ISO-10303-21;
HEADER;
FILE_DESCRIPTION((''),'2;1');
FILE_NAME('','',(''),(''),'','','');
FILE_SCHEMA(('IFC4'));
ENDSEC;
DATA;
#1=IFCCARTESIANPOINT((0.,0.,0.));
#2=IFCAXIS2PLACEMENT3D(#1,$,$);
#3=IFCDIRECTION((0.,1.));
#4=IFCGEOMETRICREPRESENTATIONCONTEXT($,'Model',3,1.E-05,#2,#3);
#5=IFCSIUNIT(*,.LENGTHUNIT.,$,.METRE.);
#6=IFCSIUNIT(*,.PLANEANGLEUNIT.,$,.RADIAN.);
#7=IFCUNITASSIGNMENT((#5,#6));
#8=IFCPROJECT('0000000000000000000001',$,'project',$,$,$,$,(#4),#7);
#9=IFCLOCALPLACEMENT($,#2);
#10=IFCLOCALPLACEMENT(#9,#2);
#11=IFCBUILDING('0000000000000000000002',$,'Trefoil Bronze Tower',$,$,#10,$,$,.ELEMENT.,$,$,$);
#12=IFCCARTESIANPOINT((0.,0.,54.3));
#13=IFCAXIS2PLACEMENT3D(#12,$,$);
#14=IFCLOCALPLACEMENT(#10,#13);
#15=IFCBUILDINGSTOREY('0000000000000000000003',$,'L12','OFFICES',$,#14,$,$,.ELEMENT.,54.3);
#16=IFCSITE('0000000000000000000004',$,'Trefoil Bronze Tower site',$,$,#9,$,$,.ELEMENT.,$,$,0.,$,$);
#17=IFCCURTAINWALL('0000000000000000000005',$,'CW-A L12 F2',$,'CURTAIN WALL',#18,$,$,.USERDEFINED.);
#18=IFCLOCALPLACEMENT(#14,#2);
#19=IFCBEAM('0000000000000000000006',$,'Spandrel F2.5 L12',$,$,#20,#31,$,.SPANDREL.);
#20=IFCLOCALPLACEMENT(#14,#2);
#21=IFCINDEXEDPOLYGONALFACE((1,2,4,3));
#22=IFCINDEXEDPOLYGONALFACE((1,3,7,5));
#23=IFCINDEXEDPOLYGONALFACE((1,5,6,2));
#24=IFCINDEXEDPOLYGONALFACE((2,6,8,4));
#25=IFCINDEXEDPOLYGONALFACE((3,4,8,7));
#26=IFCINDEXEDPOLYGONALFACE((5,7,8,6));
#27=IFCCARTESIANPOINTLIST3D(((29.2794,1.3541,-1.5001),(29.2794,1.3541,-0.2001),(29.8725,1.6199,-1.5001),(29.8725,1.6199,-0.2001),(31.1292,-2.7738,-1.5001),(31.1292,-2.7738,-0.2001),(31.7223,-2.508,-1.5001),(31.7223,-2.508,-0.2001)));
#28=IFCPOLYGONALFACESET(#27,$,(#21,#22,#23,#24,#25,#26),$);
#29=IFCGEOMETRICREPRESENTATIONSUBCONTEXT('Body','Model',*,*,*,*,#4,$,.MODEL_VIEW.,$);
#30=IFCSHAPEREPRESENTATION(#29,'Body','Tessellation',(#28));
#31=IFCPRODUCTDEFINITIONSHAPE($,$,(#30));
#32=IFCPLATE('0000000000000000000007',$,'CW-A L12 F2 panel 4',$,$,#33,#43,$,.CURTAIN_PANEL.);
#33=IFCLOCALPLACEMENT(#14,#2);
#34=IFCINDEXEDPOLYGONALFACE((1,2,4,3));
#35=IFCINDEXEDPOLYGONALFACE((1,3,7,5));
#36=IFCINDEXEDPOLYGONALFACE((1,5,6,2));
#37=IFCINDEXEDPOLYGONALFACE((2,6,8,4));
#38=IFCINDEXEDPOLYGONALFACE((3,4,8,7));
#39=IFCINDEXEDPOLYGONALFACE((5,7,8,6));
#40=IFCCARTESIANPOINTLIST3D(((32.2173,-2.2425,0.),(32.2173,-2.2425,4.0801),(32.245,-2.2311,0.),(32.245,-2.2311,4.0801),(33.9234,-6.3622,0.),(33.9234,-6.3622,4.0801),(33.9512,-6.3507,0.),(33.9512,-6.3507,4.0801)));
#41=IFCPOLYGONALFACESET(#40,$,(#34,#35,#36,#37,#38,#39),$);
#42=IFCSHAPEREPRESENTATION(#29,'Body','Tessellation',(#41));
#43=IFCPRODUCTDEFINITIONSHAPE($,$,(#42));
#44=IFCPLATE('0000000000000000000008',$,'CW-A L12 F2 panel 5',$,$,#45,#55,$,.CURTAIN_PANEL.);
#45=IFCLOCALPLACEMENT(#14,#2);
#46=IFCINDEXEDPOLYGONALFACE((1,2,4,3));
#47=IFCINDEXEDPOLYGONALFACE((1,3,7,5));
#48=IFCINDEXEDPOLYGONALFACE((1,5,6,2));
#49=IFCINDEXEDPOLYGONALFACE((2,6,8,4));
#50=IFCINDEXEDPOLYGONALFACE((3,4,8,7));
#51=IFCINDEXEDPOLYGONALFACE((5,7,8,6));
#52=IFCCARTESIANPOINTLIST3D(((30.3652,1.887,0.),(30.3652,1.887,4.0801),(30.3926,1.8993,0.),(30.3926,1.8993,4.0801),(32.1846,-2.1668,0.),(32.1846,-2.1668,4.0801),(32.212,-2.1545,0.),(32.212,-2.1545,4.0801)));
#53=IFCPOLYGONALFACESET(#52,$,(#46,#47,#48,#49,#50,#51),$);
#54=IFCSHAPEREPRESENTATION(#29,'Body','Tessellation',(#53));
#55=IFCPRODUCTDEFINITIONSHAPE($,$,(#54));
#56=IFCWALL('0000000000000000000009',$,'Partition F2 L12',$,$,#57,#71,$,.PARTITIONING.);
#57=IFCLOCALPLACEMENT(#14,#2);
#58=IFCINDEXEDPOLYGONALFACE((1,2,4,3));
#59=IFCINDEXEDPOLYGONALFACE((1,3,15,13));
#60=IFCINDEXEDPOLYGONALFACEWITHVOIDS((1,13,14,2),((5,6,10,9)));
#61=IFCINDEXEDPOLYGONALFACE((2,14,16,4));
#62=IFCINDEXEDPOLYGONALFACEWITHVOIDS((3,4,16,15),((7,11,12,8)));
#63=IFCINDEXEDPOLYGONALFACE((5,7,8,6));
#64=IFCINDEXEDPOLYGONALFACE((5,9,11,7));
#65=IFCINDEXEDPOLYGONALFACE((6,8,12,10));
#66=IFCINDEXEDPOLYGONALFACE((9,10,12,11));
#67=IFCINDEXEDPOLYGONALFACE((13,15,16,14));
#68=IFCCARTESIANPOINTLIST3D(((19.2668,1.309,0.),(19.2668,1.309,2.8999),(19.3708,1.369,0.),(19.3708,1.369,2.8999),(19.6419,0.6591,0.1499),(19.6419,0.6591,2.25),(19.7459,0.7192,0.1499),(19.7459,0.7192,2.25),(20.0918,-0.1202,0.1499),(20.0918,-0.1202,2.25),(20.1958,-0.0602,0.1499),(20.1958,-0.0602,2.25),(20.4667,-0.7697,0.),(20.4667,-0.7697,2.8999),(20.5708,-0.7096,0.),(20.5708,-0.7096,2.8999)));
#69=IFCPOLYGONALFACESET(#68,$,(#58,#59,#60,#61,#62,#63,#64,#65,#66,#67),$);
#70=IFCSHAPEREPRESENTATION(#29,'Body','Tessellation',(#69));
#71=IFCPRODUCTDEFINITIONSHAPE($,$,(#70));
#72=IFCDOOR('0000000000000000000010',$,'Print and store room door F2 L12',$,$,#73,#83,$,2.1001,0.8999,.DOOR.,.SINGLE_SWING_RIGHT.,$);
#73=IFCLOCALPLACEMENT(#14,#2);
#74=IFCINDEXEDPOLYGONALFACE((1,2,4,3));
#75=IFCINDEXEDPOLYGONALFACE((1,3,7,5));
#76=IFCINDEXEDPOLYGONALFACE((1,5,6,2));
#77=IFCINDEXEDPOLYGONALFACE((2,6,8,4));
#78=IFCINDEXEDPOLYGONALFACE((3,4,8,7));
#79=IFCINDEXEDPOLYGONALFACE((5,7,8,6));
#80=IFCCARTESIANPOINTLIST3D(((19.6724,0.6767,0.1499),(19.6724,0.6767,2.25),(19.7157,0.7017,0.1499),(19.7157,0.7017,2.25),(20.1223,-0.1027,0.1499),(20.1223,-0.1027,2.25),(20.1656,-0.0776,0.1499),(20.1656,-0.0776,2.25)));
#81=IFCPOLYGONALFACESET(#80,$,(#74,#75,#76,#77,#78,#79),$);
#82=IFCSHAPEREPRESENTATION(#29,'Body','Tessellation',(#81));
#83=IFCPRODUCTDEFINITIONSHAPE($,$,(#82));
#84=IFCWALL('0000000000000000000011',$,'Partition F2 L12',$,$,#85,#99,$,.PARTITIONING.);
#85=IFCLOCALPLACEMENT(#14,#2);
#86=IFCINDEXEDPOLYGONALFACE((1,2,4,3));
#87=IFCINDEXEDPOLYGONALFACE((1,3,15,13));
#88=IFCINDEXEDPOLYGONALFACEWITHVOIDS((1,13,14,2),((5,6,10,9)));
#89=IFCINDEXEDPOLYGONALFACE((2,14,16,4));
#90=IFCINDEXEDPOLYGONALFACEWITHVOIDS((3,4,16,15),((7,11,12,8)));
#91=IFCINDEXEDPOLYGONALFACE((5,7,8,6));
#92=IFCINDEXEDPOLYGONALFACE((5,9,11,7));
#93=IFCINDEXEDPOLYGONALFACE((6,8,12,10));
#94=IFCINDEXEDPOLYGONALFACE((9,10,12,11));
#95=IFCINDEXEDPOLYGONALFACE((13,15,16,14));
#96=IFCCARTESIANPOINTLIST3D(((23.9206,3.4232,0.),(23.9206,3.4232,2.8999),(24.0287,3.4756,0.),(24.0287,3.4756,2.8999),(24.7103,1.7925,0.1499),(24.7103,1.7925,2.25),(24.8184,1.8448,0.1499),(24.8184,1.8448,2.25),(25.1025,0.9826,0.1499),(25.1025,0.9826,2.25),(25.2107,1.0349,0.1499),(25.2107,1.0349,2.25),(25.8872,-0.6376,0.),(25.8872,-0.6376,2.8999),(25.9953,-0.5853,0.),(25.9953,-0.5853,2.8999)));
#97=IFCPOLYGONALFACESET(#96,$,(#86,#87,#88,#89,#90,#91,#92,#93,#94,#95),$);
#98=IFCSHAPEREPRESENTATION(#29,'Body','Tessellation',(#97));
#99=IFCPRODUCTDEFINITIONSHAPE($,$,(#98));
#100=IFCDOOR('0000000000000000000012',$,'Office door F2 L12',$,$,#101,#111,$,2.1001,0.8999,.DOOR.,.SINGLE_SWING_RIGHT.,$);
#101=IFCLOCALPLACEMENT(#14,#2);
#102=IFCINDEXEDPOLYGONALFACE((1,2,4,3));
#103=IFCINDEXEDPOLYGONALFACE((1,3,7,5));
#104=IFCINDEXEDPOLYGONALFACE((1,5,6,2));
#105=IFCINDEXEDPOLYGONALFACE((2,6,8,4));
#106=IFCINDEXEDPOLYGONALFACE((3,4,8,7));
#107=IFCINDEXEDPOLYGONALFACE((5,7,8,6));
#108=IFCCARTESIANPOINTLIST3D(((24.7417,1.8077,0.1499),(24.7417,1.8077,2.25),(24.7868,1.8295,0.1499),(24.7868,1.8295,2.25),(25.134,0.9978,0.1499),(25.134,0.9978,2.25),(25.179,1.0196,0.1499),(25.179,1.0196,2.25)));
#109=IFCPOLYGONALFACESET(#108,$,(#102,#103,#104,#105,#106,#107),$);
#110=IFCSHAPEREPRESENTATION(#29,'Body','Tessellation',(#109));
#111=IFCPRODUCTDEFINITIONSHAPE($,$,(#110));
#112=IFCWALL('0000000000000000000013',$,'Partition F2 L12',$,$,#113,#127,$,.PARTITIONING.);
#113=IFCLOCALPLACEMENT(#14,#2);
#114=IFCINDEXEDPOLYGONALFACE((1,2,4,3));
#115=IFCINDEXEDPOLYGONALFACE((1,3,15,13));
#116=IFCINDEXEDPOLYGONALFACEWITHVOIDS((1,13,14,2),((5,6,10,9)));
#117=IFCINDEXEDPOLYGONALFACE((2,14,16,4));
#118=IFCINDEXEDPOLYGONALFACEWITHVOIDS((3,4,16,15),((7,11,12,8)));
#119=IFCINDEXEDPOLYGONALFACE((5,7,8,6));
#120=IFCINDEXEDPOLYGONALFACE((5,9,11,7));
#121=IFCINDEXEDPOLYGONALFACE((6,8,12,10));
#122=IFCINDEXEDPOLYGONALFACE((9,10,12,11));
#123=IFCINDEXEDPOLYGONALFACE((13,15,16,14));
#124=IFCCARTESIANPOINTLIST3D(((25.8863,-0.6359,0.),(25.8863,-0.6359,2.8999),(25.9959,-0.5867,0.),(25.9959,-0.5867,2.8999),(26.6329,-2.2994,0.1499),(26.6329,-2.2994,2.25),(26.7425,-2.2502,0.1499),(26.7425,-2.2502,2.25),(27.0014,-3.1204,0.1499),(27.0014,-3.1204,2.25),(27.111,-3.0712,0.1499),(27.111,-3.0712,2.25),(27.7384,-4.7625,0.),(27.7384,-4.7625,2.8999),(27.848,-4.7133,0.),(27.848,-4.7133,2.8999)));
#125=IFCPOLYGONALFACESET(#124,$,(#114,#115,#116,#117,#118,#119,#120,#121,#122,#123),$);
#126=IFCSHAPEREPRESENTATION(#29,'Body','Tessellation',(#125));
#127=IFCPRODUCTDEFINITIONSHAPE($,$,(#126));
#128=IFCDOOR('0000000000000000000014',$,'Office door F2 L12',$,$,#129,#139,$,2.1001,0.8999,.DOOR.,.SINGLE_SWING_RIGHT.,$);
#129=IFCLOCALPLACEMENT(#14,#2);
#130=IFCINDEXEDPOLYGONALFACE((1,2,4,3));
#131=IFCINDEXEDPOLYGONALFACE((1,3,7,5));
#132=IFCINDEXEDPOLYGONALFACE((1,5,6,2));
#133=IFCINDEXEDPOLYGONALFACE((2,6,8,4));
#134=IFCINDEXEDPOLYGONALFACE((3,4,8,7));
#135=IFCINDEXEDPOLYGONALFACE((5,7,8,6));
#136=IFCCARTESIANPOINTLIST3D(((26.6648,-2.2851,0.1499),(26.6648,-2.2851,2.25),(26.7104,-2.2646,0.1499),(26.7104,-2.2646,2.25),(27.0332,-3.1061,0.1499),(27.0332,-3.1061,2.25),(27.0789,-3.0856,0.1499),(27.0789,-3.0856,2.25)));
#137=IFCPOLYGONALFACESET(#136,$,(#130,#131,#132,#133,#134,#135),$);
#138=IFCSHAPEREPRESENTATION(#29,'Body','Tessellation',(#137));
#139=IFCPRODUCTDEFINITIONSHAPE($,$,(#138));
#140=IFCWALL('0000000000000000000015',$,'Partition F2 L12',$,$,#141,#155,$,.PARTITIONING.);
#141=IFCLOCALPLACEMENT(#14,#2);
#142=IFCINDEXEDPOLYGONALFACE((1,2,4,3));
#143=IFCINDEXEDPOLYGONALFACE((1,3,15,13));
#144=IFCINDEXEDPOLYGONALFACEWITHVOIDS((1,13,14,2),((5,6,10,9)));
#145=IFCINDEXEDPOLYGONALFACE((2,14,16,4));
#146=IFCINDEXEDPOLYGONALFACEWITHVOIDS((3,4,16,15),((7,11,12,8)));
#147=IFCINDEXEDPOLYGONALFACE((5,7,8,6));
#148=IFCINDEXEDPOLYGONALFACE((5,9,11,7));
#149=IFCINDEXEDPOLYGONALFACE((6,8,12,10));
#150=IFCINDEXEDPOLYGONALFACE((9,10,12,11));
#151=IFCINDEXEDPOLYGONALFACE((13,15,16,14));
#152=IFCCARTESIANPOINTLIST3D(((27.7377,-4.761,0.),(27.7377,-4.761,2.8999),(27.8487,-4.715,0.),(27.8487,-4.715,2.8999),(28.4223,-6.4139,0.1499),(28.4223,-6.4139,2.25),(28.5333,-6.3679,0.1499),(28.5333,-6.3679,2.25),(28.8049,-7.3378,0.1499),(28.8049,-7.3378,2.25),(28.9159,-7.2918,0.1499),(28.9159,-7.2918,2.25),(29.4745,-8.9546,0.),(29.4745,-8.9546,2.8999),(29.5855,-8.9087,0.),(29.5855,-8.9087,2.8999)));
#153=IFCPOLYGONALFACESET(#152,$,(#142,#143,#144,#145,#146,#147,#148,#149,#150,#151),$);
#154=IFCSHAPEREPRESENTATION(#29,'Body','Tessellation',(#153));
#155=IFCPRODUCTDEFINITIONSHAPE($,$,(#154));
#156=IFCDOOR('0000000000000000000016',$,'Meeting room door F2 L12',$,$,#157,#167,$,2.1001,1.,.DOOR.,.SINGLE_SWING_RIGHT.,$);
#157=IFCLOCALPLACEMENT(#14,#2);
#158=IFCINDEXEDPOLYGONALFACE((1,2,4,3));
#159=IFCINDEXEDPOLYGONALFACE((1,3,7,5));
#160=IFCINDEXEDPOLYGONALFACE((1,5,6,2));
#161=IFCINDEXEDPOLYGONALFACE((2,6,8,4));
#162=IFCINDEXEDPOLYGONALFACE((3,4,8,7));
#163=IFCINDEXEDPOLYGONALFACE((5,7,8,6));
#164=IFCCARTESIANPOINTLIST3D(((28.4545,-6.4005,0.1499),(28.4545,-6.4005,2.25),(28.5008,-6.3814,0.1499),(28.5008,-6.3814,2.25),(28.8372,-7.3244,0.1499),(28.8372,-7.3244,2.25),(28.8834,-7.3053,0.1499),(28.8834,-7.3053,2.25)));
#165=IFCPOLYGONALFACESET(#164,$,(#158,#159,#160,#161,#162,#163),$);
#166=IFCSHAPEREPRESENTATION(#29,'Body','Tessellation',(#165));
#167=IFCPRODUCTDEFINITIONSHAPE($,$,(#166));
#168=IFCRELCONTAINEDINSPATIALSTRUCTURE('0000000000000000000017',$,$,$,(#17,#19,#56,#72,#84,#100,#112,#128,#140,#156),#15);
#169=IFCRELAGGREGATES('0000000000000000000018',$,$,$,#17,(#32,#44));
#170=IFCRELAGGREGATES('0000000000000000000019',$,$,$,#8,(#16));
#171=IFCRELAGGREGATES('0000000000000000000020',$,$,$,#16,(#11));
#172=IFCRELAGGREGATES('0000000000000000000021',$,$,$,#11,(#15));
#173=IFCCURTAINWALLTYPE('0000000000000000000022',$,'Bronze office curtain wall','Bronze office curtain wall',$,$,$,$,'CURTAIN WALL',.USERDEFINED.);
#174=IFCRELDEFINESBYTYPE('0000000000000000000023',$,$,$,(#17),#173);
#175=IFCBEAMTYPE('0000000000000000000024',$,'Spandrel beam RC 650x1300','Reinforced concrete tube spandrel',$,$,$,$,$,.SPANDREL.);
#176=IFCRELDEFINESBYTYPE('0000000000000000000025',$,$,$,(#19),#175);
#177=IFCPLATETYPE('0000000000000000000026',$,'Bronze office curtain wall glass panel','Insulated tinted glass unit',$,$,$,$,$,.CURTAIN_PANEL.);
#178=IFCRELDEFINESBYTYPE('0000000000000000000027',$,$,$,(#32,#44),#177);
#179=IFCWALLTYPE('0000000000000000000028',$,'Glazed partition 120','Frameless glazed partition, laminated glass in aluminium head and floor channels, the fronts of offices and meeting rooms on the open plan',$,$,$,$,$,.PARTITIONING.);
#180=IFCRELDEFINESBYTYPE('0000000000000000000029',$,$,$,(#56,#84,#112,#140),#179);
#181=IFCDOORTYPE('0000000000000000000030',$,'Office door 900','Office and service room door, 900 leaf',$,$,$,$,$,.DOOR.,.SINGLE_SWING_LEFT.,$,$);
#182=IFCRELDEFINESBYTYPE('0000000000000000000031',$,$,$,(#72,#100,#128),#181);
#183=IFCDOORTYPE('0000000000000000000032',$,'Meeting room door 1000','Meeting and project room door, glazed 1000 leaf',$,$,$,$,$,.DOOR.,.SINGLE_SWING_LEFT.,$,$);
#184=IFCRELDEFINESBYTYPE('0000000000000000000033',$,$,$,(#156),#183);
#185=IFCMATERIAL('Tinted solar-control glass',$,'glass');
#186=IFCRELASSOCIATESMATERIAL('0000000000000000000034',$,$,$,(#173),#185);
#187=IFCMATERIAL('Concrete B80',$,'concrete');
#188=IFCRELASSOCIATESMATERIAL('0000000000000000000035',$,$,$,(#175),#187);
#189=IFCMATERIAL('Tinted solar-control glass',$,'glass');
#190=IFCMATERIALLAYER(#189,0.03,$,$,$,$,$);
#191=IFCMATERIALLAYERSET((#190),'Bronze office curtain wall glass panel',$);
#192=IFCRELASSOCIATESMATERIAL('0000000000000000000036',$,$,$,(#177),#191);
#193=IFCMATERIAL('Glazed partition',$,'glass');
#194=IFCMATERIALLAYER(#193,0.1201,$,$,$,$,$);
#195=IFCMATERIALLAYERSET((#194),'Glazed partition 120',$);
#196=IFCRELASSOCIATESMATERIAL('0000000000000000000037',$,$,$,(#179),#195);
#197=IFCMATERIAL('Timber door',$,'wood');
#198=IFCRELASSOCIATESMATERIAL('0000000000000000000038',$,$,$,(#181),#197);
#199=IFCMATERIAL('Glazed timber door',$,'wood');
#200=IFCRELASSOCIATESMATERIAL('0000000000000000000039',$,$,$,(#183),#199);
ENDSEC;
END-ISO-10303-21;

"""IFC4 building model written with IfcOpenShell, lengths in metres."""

from ifc_helpers import new_model, si_unit, direction, frame, frame_2d, origin, origin_2d, place, context, subcontext, project, spatial, rectangle, extrude, material, layer, layer_set, material_profile, profile_set, type_object, element, fill, aggregate, save


model = new_model("IFC4")

# Units and contexts
model_context = context("Model", 3, precision=1e-05, world=origin(), true_north=direction((0.0, 1.0)))
body_context = subcontext(model_context, "Body", "Model", "MODEL_VIEW")
ifc_project = project(units=[si_unit("LENGTHUNIT", "METRE"), si_unit("PLANEANGLEUNIT", "RADIAN")], contexts=[model_context])

# Site, building, storey
site_placement = place(None, origin())
site = spatial("IfcSite", under=ifc_project, at=site_placement, Name="Trefoil Bronze Tower site", CompositionType="ELEMENT", RefElevation=0.0)
building_placement = place(site_placement, origin())
building = spatial("IfcBuilding", under=site, at=building_placement, Name="Trefoil Bronze Tower", CompositionType="ELEMENT")
storey_placement = place(building_placement, frame((0.0, 0.0, 54.3)))
storey = spatial("IfcBuildingStorey", under=building, at=storey_placement, Name="L12", Description="OFFICES", CompositionType="ELEMENT", Elevation=54.3)

# Curtain wall
ifc_material_1 = material(Name="Tinted solar-control glass", Category="glass")
curtain_wall_type = type_object("IfcCurtainWallType", Name="Bronze office curtain wall", Description="Bronze office curtain wall", ElementType="CURTAIN WALL", PredefinedType="USERDEFINED", material=ifc_material_1)
curtain_wall_placement = place(storey_placement, origin())
curtain_wall = element("IfcCurtainWall", 1, at=curtain_wall_placement, inside=storey, type_object=curtain_wall_type, Name="CW-A L12 F2", ObjectType="CURTAIN WALL", PredefinedType="USERDEFINED")

# Beam
ifc_material_2 = material(Name="Concrete B80", Category="concrete")
ifc_material_profile_1 = material_profile(ifc_material_2, rectangle(XDim=0.6499, YDim=1.3, at=origin_2d()), Name="RC 650x1300")
ifc_profile_set_1 = profile_set([ifc_material_profile_1], Name="Concrete B80")
beam_type_1 = type_object("IfcBeamType", Name="Spandrel beam RC 650x1300", Description="Reinforced concrete tube spandrel", PredefinedType="SPANDREL", material=ifc_profile_set_1)
beam_1_placement = place(storey_placement, frame((31.4258, -2.6409, -0.8501), z_axis=(-0.408946, 0.912559, 0.0), x_axis=(-0.912559, -0.408946, 0.0)))
element("IfcBeam", 2, at=beam_1_placement, inside=storey, type_object=beam_type_1, Name="Spandrel F2.5 L12", PredefinedType="SPANDREL", context=body_context, shape_type="SweptSolid", body=[
    extrude(rectangle(XDim=0.6499, YDim=1.3, at=origin_2d()), origin(), (0.0, 0.0, 1.0), 4.5234),
])

# Plates
ifc_material_3 = material(Name="Tinted solar-control glass", Category="glass")
ifc_layer_1 = layer(ifc_material_3, 0.03)
ifc_layer_set_1 = layer_set([ifc_layer_1], Name="Bronze office curtain wall glass panel")
plate_type = type_object("IfcPlateType", Name="Bronze office curtain wall glass panel", Description="Insulated tinted glass unit", PredefinedType="CURTAIN_PANEL", material=ifc_layer_set_1)
plate_1_placement = place(storey_placement, frame((33.0842, -4.2966, 0.0), z_axis=(0.0, 0.0, 1.0), x_axis=(-0.38263, 0.923902, 0.0)))
plate_1 = element("IfcPlate", 3, at=plate_1_placement, type_object=plate_type, Name="CW-A L12 F2 panel 4", PredefinedType="CURTAIN_PANEL", context=body_context, shape_type="SweptSolid", body=[
    extrude(rectangle(XDim=4.459, YDim=0.03, at=origin_2d()), origin(), (0.0, 0.0, 1.0), 4.0801),
])
plate_2_placement = place(storey_placement, frame((31.2886, -0.1338, 0.0), z_axis=(0.0, 0.0, 1.0), x_axis=(-0.409456, 0.91233, 0.0)))
plate_2 = element("IfcPlate", 4, at=plate_2_placement, type_object=plate_type, Name="CW-A L12 F2 panel 5", PredefinedType="CURTAIN_PANEL", context=body_context, shape_type="SweptSolid", body=[
    extrude(rectangle(XDim=4.4434, YDim=0.03, at=origin_2d()), origin(), (0.0, 0.0, 1.0), 4.0801),
])
aggregate(curtain_wall, [plate_1, plate_2])

# Walls, openings, doors
ifc_material_4 = material(Name="Glazed partition", Category="glass")
ifc_layer_2 = layer(ifc_material_4, 0.1201)
ifc_layer_set_2 = layer_set([ifc_layer_2], Name="Glazed partition 120")
wall_type = type_object("IfcWallType", Name="Glazed partition 120", Description="Frameless glazed partition, laminated glass in aluminium head and floor channels, the fronts of offices and meeting rooms on the open plan", PredefinedType="PARTITIONING", material=ifc_layer_set_2)
wall_1_placement = place(storey_placement, frame((20.5188, -0.7397, 0.0), z_axis=(0.0, 0.0, 1.0), x_axis=(-0.499957, 0.86605, 0.0)))
wall_1 = element("IfcWall", 5, at=wall_1_placement, inside=storey, type_object=wall_type, Name="Partition F2 L12", PredefinedType="PARTITIONING", context=body_context, shape_type="SweptSolid", body=[
    extrude(rectangle(XDim=2.4001, YDim=0.1201, at=frame_2d((1.2002, 0.0))), origin(), (0.0, 0.0, 1.0), 2.8999),
])
opening_1_placement = place(wall_1_placement, frame((0.75, 0.0, 0.1499)))
opening_1 = element("IfcOpeningElement", 6, at=opening_1_placement, cuts=wall_1, PredefinedType="OPENING", context=body_context, shape_type="SweptSolid", body=[
    extrude(rectangle(XDim=0.8999, YDim=2.1001, at=frame_2d((0.45, 1.05))), frame((0.0, 0.0701, 0.0), z_axis=(0.0, -1.0, 0.0), x_axis=(1.0, 0.0, 0.0)), (0.0, 0.0, 1.0), 0.1401),
])
ifc_material_5 = material(Name="Timber door", Category="wood")
door_type_1 = type_object("IfcDoorType", Name="Office door 900", Description="Office and service room door, 900 leaf", OperationType="SINGLE_SWING_LEFT", PredefinedType="DOOR", material=ifc_material_5)
door_1_placement = place(opening_1_placement, origin())
door_1 = element("IfcDoor", 7, at=door_1_placement, inside=storey, type_object=door_type_1, Name="Print and store room door F2 L12", OperationType="SINGLE_SWING_RIGHT", OverallHeight=2.1001, OverallWidth=0.8999, PredefinedType="DOOR", context=body_context, shape_type="SweptSolid", body=[
    extrude(rectangle(XDim=0.8999, YDim=2.1001, at=frame_2d((0.45, 1.05))), frame((0.0, 0.0249, 0.0), z_axis=(0.0, -1.0, 0.0), x_axis=(1.0, 0.0, 0.0)), (0.0, 0.0, 1.0), 0.05),
])
fill(opening_1, door_1)
wall_2_placement = place(storey_placement, frame((25.9412, -0.6113, 0.0), z_axis=(0.0, 0.0, 1.0), x_axis=(-0.435858, 0.900015, 0.0)))
wall_2 = element("IfcWall", 8, at=wall_2_placement, inside=storey, type_object=wall_type, Name="Partition F2 L12", PredefinedType="PARTITIONING", context=body_context, shape_type="SweptSolid", body=[
    extrude(rectangle(XDim=4.512, YDim=0.1201, at=frame_2d((2.2559, 0.0))), origin(), (0.0, 0.0, 1.0), 2.8999),
])
opening_2_placement = place(wall_2_placement, frame((1.8, 0.0, 0.1499)))
opening_2 = element("IfcOpeningElement", 9, at=opening_2_placement, cuts=wall_2, PredefinedType="OPENING", context=body_context, shape_type="SweptSolid", body=[
    extrude(rectangle(XDim=0.8999, YDim=2.1001, at=frame_2d((0.45, 1.05))), frame((0.0, 0.0701, 0.0), z_axis=(0.0, -1.0, 0.0), x_axis=(1.0, 0.0, 0.0)), (0.0, 0.0, 1.0), 0.1401),
])
door_2_placement = place(opening_2_placement, frame((0.8999, 0.0, 0.0), z_axis=(0.0, 0.0, 1.0), x_axis=(-1.0, 0.0, 0.0)))
door_2 = element("IfcDoor", 10, at=door_2_placement, inside=storey, type_object=door_type_1, Name="Office door F2 L12", OperationType="SINGLE_SWING_RIGHT", OverallHeight=2.1001, OverallWidth=0.8999, PredefinedType="DOOR", context=body_context, shape_type="SweptSolid", body=[
    extrude(rectangle(XDim=0.8999, YDim=2.1001, at=frame_2d((0.45, 1.05))), frame((0.0, 0.0249, 0.0), z_axis=(0.0, -1.0, 0.0), x_axis=(1.0, 0.0, 0.0)), (0.0, 0.0, 1.0), 0.05),
])
fill(opening_2, door_2)
wall_3_placement = place(storey_placement, frame((27.7932, -4.738, 0.0), z_axis=(0.0, 0.0, 1.0), x_axis=(-0.409451, 0.912332, 0.0)))
wall_3 = element("IfcWall", 11, at=wall_3_placement, inside=storey, type_object=wall_type, Name="Partition F2 L12", PredefinedType="PARTITIONING", context=body_context, shape_type="SweptSolid", body=[
    extrude(rectangle(XDim=4.5232, YDim=0.1201, at=frame_2d((2.2617, 0.0))), origin(), (0.0, 0.0, 1.0), 2.8999),
])
opening_3_placement = place(wall_3_placement, frame((1.8, 0.0, 0.1499)))
opening_3 = element("IfcOpeningElement", 12, at=opening_3_placement, cuts=wall_3, PredefinedType="OPENING", context=body_context, shape_type="SweptSolid", body=[
    extrude(rectangle(XDim=0.8999, YDim=2.1001, at=frame_2d((0.45, 1.05))), frame((0.0, 0.0701, 0.0), z_axis=(0.0, -1.0, 0.0), x_axis=(1.0, 0.0, 0.0)), (0.0, 0.0, 1.0), 0.1401),
])
door_3_placement = place(opening_3_placement, frame((0.8999, 0.0, 0.0), z_axis=(0.0, 0.0, 1.0), x_axis=(-1.0, 0.0, 0.0)))
door_3 = element("IfcDoor", 13, at=door_3_placement, inside=storey, type_object=door_type_1, Name="Office door F2 L12", OperationType="SINGLE_SWING_RIGHT", OverallHeight=2.1001, OverallWidth=0.8999, PredefinedType="DOOR", context=body_context, shape_type="SweptSolid", body=[
    extrude(rectangle(XDim=0.8999, YDim=2.1001, at=frame_2d((0.45, 1.05))), frame((0.0, 0.0249, 0.0), z_axis=(0.0, -1.0, 0.0), x_axis=(1.0, 0.0, 0.0)), (0.0, 0.0, 1.0), 0.05),
])
fill(opening_3, door_3)
wall_4_placement = place(storey_placement, frame((29.53, -8.9316, 0.0), z_axis=(0.0, 0.0, 1.0), x_axis=(-0.38264, 0.923898, 0.0)))
wall_4 = element("IfcWall", 14, at=wall_4_placement, inside=storey, type_object=wall_type, Name="Partition F2 L12", PredefinedType="PARTITIONING", context=body_context, shape_type="SweptSolid", body=[
    extrude(rectangle(XDim=4.5391, YDim=0.1201, at=frame_2d((2.2695, 0.0))), origin(), (0.0, 0.0, 1.0), 2.8999),
])
opening_4_placement = place(wall_4_placement, frame((1.75, 0.0, 0.1499)))
opening_4 = element("IfcOpeningElement", 15, at=opening_4_placement, cuts=wall_4, PredefinedType="OPENING", context=body_context, shape_type="SweptSolid", body=[
    extrude(rectangle(XDim=1.0, YDim=2.1001, at=frame_2d((0.5, 1.05))), frame((0.0, 0.0701, 0.0), z_axis=(0.0, -1.0, 0.0), x_axis=(1.0, 0.0, 0.0)), (0.0, 0.0, 1.0), 0.1401),
])
ifc_material_6 = material(Name="Glazed timber door", Category="wood")
door_type_2 = type_object("IfcDoorType", Name="Meeting room door 1000", Description="Meeting and project room door, glazed 1000 leaf", OperationType="SINGLE_SWING_LEFT", PredefinedType="DOOR", material=ifc_material_6)
door_4_placement = place(opening_4_placement, frame((1.0, 0.0, 0.0), z_axis=(0.0, 0.0, 1.0), x_axis=(-1.0, 0.0, 0.0)))
door_4 = element("IfcDoor", 16, at=door_4_placement, inside=storey, type_object=door_type_2, Name="Meeting room door F2 L12", OperationType="SINGLE_SWING_RIGHT", OverallHeight=2.1001, OverallWidth=1.0, PredefinedType="DOOR", context=body_context, shape_type="SweptSolid", body=[
    extrude(rectangle(XDim=1.0, YDim=2.1001, at=frame_2d((0.5, 1.05))), frame((0.0, 0.0249, 0.0), z_axis=(0.0, -1.0, 0.0), x_axis=(1.0, 0.0, 0.0)), (0.0, 0.0, 1.0), 0.05),
])
fill(opening_4, door_4)

save(model, "model.ifc")
